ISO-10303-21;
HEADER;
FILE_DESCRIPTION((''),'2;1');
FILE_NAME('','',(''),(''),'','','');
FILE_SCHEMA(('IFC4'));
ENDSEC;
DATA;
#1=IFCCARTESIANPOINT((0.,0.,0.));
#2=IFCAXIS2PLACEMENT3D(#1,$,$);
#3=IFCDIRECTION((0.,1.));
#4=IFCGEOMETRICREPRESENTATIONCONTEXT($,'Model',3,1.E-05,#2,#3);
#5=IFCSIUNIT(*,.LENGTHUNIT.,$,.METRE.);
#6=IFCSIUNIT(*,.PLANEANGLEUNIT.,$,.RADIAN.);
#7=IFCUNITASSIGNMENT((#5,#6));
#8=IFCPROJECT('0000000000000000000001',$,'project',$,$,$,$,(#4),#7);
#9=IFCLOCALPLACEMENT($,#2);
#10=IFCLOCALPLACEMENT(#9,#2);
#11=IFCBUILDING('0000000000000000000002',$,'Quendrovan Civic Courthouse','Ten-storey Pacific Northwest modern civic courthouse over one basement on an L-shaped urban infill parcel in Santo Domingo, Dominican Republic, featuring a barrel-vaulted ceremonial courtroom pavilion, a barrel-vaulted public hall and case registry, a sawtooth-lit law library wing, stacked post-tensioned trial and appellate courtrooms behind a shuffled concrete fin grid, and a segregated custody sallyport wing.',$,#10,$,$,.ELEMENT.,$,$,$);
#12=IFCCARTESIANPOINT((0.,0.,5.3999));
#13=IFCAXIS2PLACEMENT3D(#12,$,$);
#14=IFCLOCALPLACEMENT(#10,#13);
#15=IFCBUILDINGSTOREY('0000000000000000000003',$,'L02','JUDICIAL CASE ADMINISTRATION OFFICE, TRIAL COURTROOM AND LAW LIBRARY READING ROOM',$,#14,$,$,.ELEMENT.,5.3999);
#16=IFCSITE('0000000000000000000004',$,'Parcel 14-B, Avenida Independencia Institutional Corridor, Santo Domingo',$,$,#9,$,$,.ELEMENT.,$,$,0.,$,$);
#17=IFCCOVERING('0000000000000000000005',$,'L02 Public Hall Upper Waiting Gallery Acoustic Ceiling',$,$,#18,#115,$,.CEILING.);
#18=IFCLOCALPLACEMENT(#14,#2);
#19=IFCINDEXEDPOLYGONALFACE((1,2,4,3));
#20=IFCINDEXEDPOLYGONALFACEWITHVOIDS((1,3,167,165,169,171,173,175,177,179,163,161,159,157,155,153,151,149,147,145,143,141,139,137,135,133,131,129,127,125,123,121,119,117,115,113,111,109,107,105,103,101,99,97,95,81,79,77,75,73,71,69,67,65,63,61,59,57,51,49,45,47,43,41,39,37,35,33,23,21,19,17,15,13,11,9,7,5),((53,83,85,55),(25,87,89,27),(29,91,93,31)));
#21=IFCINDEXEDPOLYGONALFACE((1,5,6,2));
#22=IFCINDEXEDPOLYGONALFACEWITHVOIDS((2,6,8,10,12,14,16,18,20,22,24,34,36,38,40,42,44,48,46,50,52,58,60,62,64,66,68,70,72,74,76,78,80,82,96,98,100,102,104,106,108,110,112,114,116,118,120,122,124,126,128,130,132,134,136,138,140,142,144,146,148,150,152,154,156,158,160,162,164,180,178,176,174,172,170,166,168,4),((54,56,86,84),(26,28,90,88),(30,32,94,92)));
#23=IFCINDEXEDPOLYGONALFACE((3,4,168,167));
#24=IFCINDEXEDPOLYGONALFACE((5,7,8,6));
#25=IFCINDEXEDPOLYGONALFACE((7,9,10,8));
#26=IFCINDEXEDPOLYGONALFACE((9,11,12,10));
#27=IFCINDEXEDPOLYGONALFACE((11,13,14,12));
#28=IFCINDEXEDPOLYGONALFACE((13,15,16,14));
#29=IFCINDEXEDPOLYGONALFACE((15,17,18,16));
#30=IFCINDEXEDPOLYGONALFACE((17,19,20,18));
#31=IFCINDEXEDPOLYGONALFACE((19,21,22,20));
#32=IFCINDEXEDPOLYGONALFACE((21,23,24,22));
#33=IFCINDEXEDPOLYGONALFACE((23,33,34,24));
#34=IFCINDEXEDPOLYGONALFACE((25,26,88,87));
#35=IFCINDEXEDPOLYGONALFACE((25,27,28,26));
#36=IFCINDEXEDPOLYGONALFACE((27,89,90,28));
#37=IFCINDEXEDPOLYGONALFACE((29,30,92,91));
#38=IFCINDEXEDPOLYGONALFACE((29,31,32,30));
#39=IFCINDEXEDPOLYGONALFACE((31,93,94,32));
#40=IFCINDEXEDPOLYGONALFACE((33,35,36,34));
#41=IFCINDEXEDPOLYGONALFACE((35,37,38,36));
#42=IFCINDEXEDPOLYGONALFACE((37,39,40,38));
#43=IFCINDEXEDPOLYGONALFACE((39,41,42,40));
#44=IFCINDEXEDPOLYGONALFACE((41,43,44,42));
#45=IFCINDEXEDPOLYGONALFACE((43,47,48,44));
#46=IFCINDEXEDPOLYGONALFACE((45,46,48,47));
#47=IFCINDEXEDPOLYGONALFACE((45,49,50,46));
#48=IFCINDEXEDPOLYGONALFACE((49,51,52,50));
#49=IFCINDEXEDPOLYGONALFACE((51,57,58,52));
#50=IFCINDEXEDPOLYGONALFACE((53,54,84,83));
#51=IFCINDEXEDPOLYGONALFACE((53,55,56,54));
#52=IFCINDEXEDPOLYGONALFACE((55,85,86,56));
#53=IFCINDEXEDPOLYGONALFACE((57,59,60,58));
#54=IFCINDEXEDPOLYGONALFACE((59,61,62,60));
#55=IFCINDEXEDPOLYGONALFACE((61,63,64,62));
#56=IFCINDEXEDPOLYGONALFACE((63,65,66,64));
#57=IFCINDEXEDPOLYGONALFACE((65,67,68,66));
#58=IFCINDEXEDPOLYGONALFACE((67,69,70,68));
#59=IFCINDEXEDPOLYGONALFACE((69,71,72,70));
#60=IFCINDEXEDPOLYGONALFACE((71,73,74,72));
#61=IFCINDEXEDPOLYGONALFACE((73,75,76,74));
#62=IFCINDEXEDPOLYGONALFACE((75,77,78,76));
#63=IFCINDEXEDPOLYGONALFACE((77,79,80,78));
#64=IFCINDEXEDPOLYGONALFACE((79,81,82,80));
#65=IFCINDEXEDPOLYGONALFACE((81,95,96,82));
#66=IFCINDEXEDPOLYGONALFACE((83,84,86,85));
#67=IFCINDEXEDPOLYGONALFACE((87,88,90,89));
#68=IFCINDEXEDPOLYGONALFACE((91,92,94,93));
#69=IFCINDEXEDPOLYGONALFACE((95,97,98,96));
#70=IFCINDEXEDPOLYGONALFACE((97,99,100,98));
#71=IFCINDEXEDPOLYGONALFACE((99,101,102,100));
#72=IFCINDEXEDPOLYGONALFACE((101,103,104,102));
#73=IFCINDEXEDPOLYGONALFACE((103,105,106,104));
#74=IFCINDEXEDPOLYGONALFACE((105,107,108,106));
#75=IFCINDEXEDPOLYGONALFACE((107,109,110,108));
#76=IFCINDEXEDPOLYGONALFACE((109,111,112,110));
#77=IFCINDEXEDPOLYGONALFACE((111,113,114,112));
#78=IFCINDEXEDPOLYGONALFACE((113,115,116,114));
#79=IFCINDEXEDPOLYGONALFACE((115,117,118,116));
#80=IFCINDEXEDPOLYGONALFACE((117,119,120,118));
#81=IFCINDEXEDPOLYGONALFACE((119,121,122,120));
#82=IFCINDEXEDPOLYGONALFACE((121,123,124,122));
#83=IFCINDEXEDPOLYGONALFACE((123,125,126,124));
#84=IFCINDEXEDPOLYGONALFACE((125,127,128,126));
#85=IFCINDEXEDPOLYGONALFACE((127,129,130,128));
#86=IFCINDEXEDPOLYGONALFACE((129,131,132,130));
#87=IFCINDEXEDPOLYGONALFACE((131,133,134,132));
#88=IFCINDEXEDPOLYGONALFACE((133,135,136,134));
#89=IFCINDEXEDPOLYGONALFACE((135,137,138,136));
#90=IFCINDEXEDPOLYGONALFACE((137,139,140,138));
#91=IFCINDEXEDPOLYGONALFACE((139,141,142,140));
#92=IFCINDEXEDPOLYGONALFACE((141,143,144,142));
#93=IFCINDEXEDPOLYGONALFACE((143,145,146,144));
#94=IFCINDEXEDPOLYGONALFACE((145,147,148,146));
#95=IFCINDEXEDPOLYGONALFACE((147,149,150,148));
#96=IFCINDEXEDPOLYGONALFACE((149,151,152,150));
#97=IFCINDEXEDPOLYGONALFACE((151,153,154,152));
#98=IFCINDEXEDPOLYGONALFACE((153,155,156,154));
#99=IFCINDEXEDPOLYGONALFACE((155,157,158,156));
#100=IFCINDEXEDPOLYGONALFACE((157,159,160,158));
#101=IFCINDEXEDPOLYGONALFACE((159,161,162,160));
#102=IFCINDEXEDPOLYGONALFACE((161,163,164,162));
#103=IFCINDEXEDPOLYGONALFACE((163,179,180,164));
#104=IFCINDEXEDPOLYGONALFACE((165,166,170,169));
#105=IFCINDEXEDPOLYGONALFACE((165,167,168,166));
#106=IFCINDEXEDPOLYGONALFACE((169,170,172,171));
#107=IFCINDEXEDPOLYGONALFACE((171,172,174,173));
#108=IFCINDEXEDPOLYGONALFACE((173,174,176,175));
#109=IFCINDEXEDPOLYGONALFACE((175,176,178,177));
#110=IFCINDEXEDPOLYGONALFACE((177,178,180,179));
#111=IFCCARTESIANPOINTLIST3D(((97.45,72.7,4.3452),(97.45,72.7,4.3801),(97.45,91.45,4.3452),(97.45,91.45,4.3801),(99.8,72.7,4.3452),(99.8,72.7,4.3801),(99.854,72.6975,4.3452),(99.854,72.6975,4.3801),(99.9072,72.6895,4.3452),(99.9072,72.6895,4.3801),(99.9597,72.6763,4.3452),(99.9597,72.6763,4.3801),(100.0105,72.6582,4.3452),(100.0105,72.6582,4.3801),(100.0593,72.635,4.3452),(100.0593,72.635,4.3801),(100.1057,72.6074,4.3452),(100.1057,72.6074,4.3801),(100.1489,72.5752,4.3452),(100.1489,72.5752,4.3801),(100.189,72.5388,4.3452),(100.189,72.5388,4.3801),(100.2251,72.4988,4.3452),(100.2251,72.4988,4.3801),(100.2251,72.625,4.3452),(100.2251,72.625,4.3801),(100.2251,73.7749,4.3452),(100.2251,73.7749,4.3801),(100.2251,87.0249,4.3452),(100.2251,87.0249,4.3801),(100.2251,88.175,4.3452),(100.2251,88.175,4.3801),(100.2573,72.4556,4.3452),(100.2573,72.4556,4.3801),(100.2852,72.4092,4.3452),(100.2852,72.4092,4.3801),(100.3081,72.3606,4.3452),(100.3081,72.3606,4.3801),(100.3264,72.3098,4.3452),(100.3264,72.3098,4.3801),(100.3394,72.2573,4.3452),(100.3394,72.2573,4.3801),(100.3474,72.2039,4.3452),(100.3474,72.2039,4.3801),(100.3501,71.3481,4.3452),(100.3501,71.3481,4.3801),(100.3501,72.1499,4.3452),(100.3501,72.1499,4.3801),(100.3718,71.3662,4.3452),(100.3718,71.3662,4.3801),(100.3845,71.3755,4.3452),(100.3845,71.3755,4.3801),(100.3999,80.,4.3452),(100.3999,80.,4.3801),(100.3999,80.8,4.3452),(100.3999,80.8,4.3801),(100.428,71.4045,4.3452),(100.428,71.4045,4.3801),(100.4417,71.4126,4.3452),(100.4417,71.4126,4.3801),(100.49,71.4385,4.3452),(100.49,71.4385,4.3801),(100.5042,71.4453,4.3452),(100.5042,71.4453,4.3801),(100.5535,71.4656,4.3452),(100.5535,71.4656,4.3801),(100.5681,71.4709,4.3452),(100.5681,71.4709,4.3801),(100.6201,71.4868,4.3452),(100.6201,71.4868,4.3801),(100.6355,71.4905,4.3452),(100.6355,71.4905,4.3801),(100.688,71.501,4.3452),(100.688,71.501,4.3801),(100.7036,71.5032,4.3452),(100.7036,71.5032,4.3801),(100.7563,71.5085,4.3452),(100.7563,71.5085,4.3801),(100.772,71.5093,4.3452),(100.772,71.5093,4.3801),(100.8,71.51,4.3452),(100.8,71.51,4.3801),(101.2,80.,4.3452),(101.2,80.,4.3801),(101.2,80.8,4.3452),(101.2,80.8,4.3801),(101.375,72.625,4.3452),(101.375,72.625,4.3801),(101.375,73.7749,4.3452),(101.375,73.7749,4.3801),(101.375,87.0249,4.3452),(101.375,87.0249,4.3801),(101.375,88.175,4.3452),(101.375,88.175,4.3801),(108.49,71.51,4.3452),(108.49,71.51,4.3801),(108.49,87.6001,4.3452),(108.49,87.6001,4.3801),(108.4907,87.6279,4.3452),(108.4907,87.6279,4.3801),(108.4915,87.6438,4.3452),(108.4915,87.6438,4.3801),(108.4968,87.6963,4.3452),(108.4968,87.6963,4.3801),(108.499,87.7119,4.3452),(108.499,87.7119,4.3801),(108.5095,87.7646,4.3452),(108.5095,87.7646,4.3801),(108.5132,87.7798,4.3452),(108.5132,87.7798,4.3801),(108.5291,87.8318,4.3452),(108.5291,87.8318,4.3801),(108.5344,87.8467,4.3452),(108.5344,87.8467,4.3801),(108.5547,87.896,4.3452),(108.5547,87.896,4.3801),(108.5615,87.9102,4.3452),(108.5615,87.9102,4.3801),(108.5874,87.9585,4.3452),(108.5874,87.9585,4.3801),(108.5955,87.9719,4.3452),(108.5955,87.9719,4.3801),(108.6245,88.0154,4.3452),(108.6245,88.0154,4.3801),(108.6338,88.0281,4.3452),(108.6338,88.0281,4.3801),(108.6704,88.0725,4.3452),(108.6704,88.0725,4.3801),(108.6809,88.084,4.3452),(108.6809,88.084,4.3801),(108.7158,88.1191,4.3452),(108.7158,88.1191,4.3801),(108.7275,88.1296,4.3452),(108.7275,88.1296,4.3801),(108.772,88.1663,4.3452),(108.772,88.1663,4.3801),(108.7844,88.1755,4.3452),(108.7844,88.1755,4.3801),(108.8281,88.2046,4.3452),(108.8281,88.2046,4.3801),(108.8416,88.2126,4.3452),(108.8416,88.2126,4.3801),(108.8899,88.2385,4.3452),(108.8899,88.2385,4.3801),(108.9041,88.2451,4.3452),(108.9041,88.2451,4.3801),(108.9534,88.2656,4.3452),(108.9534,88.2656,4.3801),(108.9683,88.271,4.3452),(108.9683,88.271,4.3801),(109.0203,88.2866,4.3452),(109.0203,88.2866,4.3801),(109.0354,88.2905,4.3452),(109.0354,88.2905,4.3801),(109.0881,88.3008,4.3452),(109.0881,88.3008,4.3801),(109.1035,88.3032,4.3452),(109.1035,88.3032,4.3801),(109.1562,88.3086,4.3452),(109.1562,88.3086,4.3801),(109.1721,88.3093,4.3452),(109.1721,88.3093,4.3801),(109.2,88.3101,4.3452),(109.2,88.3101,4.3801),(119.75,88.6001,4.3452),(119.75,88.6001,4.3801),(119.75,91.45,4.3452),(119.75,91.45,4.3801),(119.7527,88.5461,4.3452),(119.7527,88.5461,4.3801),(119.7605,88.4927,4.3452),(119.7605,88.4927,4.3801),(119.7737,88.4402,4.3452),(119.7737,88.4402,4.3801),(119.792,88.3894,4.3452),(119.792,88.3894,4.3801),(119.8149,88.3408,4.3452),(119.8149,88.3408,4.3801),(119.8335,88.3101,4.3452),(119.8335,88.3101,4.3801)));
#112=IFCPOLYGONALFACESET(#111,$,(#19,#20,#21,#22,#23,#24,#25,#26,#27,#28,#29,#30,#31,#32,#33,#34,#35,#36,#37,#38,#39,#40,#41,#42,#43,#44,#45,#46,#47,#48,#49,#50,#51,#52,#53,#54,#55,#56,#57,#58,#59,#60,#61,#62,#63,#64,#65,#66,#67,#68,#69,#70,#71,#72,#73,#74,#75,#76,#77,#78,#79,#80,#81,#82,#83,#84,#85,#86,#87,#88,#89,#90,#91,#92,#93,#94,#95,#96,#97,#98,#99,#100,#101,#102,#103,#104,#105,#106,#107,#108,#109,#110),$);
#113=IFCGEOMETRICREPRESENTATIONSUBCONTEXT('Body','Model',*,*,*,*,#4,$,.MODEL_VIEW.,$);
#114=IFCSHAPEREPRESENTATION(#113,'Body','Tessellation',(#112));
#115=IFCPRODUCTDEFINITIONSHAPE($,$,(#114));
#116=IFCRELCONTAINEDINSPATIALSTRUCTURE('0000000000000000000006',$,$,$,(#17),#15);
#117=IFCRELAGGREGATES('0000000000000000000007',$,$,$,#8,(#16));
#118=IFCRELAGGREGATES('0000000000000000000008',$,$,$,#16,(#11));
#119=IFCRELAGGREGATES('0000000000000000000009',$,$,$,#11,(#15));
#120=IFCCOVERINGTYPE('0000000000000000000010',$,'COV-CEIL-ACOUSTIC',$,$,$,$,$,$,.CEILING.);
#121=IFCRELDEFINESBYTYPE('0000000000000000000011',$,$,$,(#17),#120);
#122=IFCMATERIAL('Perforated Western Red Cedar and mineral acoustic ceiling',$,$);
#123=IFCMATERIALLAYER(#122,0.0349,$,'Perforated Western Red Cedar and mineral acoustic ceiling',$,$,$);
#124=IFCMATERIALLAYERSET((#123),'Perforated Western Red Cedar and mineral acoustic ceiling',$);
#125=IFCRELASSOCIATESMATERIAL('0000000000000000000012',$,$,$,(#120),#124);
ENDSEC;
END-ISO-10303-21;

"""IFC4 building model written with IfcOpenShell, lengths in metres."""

from ifc_helpers import new_model, si_unit, direction, frame, origin, place, context, subcontext, project, spatial, polyline, outline, extrude, material, layer, layer_set, type_object, element, save


model = new_model("IFC4")

# Units and contexts
model_context = context("Model", 3, precision=1e-05, world=origin(), true_north=direction((0.0, 1.0)))
body_context = subcontext(model_context, "Body", "Model", "MODEL_VIEW")
ifc_project = project(units=[si_unit("LENGTHUNIT", "METRE"), si_unit("PLANEANGLEUNIT", "RADIAN")], contexts=[model_context])

# Site, building, storey
site_placement = place(None, origin())
site = spatial("IfcSite", under=ifc_project, at=site_placement, Name="Parcel 14-B, Avenida Independencia Institutional Corridor, Santo Domingo", CompositionType="ELEMENT", RefElevation=0.0)
building_placement = place(site_placement, origin())
building = spatial("IfcBuilding", under=site, at=building_placement, Name="Quendrovan Civic Courthouse", Description="Ten-storey Pacific Northwest modern civic courthouse over one basement on an L-shaped urban infill parcel in Santo Domingo, Dominican Republic, featuring a barrel-vaulted ceremonial courtroom pavilion, a barrel-vaulted public hall and case registry, a sawtooth-lit law library wing, stacked post-tensioned trial and appellate courtrooms behind a shuffled concrete fin grid, and a segregated custody sallyport wing.", CompositionType="ELEMENT")
storey_placement = place(building_placement, frame((0.0, 0.0, 5.3999)))
storey = spatial("IfcBuildingStorey", under=building, at=storey_placement, Name="L02", Description="JUDICIAL CASE ADMINISTRATION OFFICE, TRIAL COURTROOM AND LAW LIBRARY READING ROOM", CompositionType="ELEMENT", Elevation=5.3999)

# Covering
ifc_material_1 = material(Name="Perforated Western Red Cedar and mineral acoustic ceiling")
ifc_layer_1 = layer(ifc_material_1, 0.0349, Name="Perforated Western Red Cedar and mineral acoustic ceiling")
ifc_layer_set_1 = layer_set([ifc_layer_1], Name="Perforated Western Red Cedar and mineral acoustic ceiling")
covering_type_1 = type_object("IfcCoveringType", Name="COV-CEIL-ACOUSTIC", PredefinedType="CEILING", material=ifc_layer_set_1)
covering_1_placement = place(storey_placement, frame((0.0, 0.0, 4.3452)))
element("IfcCovering", 1, at=covering_1_placement, inside=storey, type_object=covering_type_1, Name="L02 Public Hall Upper Waiting Gallery Acoustic Ceiling", PredefinedType="CEILING", context=body_context, shape_type="SweptSolid", body=[
    extrude(outline(polyline([(100.5042, 71.4453), (100.49, 71.4385), (100.4417, 71.4126), (100.428, 71.4045), (100.3845, 71.3755), (100.3718, 71.3662), (100.3501, 71.3481), (100.3501, 72.1499), (100.3474, 72.2039), (100.3394, 72.2573), (100.3264, 72.3098), (100.3081, 72.3606), (100.2852, 72.4092), (100.2573, 72.4556), (100.2251, 72.4988), (100.189, 72.5388), (100.1489, 72.5752), (100.1057, 72.6074), (100.0593, 72.635), (100.0105, 72.6582), (99.9597, 72.6763), (99.9072, 72.6895), (99.854, 72.6975), (99.8, 72.7), (97.45, 72.7), (97.45, 91.45), (119.75, 91.45), (119.75, 88.6001), (119.7527, 88.5461), (119.7605, 88.4927), (119.7737, 88.4402), (119.792, 88.3894), (119.8149, 88.3408), (119.8335, 88.3101), (109.2, 88.3101), (109.1721, 88.3093), (109.1562, 88.3086), (109.1035, 88.3032), (109.0881, 88.3008), (109.0354, 88.2905), (109.0203, 88.2866), (108.9683, 88.271), (108.9534, 88.2656), (108.9041, 88.2451), (108.8899, 88.2385), (108.8416, 88.2126), (108.8281, 88.2046), (108.7844, 88.1755), (108.772, 88.1663), (108.7275, 88.1296), (108.7158, 88.1191), (108.6809, 88.084), (108.6704, 88.0725), (108.6338, 88.0281), (108.6245, 88.0154), (108.5955, 87.9719), (108.5874, 87.9585), (108.5615, 87.9102), (108.5547, 87.896), (108.5344, 87.8467), (108.5291, 87.8318), (108.5132, 87.7798), (108.5095, 87.7646), (108.499, 87.7119), (108.4968, 87.6963), (108.4915, 87.6438), (108.4907, 87.6279), (108.49, 87.6001), (108.49, 71.51), (100.8, 71.51), (100.772, 71.5093), (100.7563, 71.5085), (100.7036, 71.5032), (100.688, 71.501), (100.6355, 71.4905), (100.6201, 71.4868), (100.5681, 71.4709), (100.5535, 71.4656), (100.5042, 71.4453)]), holes=[polyline([(100.2251, 73.7749), (100.2251, 72.625), (101.375, 72.625), (101.375, 73.7749), (100.2251, 73.7749)]), polyline([(101.2, 80.8), (100.3999, 80.8), (100.3999, 80.0), (101.2, 80.0), (101.2, 80.8)]), polyline([(101.375, 87.0249), (101.375, 88.175), (100.2251, 88.175), (100.2251, 87.0249), (101.375, 87.0249)])]), origin(), (0.0, 0.0, 1.0), 0.0349),
])

save(model, "model.ifc")
